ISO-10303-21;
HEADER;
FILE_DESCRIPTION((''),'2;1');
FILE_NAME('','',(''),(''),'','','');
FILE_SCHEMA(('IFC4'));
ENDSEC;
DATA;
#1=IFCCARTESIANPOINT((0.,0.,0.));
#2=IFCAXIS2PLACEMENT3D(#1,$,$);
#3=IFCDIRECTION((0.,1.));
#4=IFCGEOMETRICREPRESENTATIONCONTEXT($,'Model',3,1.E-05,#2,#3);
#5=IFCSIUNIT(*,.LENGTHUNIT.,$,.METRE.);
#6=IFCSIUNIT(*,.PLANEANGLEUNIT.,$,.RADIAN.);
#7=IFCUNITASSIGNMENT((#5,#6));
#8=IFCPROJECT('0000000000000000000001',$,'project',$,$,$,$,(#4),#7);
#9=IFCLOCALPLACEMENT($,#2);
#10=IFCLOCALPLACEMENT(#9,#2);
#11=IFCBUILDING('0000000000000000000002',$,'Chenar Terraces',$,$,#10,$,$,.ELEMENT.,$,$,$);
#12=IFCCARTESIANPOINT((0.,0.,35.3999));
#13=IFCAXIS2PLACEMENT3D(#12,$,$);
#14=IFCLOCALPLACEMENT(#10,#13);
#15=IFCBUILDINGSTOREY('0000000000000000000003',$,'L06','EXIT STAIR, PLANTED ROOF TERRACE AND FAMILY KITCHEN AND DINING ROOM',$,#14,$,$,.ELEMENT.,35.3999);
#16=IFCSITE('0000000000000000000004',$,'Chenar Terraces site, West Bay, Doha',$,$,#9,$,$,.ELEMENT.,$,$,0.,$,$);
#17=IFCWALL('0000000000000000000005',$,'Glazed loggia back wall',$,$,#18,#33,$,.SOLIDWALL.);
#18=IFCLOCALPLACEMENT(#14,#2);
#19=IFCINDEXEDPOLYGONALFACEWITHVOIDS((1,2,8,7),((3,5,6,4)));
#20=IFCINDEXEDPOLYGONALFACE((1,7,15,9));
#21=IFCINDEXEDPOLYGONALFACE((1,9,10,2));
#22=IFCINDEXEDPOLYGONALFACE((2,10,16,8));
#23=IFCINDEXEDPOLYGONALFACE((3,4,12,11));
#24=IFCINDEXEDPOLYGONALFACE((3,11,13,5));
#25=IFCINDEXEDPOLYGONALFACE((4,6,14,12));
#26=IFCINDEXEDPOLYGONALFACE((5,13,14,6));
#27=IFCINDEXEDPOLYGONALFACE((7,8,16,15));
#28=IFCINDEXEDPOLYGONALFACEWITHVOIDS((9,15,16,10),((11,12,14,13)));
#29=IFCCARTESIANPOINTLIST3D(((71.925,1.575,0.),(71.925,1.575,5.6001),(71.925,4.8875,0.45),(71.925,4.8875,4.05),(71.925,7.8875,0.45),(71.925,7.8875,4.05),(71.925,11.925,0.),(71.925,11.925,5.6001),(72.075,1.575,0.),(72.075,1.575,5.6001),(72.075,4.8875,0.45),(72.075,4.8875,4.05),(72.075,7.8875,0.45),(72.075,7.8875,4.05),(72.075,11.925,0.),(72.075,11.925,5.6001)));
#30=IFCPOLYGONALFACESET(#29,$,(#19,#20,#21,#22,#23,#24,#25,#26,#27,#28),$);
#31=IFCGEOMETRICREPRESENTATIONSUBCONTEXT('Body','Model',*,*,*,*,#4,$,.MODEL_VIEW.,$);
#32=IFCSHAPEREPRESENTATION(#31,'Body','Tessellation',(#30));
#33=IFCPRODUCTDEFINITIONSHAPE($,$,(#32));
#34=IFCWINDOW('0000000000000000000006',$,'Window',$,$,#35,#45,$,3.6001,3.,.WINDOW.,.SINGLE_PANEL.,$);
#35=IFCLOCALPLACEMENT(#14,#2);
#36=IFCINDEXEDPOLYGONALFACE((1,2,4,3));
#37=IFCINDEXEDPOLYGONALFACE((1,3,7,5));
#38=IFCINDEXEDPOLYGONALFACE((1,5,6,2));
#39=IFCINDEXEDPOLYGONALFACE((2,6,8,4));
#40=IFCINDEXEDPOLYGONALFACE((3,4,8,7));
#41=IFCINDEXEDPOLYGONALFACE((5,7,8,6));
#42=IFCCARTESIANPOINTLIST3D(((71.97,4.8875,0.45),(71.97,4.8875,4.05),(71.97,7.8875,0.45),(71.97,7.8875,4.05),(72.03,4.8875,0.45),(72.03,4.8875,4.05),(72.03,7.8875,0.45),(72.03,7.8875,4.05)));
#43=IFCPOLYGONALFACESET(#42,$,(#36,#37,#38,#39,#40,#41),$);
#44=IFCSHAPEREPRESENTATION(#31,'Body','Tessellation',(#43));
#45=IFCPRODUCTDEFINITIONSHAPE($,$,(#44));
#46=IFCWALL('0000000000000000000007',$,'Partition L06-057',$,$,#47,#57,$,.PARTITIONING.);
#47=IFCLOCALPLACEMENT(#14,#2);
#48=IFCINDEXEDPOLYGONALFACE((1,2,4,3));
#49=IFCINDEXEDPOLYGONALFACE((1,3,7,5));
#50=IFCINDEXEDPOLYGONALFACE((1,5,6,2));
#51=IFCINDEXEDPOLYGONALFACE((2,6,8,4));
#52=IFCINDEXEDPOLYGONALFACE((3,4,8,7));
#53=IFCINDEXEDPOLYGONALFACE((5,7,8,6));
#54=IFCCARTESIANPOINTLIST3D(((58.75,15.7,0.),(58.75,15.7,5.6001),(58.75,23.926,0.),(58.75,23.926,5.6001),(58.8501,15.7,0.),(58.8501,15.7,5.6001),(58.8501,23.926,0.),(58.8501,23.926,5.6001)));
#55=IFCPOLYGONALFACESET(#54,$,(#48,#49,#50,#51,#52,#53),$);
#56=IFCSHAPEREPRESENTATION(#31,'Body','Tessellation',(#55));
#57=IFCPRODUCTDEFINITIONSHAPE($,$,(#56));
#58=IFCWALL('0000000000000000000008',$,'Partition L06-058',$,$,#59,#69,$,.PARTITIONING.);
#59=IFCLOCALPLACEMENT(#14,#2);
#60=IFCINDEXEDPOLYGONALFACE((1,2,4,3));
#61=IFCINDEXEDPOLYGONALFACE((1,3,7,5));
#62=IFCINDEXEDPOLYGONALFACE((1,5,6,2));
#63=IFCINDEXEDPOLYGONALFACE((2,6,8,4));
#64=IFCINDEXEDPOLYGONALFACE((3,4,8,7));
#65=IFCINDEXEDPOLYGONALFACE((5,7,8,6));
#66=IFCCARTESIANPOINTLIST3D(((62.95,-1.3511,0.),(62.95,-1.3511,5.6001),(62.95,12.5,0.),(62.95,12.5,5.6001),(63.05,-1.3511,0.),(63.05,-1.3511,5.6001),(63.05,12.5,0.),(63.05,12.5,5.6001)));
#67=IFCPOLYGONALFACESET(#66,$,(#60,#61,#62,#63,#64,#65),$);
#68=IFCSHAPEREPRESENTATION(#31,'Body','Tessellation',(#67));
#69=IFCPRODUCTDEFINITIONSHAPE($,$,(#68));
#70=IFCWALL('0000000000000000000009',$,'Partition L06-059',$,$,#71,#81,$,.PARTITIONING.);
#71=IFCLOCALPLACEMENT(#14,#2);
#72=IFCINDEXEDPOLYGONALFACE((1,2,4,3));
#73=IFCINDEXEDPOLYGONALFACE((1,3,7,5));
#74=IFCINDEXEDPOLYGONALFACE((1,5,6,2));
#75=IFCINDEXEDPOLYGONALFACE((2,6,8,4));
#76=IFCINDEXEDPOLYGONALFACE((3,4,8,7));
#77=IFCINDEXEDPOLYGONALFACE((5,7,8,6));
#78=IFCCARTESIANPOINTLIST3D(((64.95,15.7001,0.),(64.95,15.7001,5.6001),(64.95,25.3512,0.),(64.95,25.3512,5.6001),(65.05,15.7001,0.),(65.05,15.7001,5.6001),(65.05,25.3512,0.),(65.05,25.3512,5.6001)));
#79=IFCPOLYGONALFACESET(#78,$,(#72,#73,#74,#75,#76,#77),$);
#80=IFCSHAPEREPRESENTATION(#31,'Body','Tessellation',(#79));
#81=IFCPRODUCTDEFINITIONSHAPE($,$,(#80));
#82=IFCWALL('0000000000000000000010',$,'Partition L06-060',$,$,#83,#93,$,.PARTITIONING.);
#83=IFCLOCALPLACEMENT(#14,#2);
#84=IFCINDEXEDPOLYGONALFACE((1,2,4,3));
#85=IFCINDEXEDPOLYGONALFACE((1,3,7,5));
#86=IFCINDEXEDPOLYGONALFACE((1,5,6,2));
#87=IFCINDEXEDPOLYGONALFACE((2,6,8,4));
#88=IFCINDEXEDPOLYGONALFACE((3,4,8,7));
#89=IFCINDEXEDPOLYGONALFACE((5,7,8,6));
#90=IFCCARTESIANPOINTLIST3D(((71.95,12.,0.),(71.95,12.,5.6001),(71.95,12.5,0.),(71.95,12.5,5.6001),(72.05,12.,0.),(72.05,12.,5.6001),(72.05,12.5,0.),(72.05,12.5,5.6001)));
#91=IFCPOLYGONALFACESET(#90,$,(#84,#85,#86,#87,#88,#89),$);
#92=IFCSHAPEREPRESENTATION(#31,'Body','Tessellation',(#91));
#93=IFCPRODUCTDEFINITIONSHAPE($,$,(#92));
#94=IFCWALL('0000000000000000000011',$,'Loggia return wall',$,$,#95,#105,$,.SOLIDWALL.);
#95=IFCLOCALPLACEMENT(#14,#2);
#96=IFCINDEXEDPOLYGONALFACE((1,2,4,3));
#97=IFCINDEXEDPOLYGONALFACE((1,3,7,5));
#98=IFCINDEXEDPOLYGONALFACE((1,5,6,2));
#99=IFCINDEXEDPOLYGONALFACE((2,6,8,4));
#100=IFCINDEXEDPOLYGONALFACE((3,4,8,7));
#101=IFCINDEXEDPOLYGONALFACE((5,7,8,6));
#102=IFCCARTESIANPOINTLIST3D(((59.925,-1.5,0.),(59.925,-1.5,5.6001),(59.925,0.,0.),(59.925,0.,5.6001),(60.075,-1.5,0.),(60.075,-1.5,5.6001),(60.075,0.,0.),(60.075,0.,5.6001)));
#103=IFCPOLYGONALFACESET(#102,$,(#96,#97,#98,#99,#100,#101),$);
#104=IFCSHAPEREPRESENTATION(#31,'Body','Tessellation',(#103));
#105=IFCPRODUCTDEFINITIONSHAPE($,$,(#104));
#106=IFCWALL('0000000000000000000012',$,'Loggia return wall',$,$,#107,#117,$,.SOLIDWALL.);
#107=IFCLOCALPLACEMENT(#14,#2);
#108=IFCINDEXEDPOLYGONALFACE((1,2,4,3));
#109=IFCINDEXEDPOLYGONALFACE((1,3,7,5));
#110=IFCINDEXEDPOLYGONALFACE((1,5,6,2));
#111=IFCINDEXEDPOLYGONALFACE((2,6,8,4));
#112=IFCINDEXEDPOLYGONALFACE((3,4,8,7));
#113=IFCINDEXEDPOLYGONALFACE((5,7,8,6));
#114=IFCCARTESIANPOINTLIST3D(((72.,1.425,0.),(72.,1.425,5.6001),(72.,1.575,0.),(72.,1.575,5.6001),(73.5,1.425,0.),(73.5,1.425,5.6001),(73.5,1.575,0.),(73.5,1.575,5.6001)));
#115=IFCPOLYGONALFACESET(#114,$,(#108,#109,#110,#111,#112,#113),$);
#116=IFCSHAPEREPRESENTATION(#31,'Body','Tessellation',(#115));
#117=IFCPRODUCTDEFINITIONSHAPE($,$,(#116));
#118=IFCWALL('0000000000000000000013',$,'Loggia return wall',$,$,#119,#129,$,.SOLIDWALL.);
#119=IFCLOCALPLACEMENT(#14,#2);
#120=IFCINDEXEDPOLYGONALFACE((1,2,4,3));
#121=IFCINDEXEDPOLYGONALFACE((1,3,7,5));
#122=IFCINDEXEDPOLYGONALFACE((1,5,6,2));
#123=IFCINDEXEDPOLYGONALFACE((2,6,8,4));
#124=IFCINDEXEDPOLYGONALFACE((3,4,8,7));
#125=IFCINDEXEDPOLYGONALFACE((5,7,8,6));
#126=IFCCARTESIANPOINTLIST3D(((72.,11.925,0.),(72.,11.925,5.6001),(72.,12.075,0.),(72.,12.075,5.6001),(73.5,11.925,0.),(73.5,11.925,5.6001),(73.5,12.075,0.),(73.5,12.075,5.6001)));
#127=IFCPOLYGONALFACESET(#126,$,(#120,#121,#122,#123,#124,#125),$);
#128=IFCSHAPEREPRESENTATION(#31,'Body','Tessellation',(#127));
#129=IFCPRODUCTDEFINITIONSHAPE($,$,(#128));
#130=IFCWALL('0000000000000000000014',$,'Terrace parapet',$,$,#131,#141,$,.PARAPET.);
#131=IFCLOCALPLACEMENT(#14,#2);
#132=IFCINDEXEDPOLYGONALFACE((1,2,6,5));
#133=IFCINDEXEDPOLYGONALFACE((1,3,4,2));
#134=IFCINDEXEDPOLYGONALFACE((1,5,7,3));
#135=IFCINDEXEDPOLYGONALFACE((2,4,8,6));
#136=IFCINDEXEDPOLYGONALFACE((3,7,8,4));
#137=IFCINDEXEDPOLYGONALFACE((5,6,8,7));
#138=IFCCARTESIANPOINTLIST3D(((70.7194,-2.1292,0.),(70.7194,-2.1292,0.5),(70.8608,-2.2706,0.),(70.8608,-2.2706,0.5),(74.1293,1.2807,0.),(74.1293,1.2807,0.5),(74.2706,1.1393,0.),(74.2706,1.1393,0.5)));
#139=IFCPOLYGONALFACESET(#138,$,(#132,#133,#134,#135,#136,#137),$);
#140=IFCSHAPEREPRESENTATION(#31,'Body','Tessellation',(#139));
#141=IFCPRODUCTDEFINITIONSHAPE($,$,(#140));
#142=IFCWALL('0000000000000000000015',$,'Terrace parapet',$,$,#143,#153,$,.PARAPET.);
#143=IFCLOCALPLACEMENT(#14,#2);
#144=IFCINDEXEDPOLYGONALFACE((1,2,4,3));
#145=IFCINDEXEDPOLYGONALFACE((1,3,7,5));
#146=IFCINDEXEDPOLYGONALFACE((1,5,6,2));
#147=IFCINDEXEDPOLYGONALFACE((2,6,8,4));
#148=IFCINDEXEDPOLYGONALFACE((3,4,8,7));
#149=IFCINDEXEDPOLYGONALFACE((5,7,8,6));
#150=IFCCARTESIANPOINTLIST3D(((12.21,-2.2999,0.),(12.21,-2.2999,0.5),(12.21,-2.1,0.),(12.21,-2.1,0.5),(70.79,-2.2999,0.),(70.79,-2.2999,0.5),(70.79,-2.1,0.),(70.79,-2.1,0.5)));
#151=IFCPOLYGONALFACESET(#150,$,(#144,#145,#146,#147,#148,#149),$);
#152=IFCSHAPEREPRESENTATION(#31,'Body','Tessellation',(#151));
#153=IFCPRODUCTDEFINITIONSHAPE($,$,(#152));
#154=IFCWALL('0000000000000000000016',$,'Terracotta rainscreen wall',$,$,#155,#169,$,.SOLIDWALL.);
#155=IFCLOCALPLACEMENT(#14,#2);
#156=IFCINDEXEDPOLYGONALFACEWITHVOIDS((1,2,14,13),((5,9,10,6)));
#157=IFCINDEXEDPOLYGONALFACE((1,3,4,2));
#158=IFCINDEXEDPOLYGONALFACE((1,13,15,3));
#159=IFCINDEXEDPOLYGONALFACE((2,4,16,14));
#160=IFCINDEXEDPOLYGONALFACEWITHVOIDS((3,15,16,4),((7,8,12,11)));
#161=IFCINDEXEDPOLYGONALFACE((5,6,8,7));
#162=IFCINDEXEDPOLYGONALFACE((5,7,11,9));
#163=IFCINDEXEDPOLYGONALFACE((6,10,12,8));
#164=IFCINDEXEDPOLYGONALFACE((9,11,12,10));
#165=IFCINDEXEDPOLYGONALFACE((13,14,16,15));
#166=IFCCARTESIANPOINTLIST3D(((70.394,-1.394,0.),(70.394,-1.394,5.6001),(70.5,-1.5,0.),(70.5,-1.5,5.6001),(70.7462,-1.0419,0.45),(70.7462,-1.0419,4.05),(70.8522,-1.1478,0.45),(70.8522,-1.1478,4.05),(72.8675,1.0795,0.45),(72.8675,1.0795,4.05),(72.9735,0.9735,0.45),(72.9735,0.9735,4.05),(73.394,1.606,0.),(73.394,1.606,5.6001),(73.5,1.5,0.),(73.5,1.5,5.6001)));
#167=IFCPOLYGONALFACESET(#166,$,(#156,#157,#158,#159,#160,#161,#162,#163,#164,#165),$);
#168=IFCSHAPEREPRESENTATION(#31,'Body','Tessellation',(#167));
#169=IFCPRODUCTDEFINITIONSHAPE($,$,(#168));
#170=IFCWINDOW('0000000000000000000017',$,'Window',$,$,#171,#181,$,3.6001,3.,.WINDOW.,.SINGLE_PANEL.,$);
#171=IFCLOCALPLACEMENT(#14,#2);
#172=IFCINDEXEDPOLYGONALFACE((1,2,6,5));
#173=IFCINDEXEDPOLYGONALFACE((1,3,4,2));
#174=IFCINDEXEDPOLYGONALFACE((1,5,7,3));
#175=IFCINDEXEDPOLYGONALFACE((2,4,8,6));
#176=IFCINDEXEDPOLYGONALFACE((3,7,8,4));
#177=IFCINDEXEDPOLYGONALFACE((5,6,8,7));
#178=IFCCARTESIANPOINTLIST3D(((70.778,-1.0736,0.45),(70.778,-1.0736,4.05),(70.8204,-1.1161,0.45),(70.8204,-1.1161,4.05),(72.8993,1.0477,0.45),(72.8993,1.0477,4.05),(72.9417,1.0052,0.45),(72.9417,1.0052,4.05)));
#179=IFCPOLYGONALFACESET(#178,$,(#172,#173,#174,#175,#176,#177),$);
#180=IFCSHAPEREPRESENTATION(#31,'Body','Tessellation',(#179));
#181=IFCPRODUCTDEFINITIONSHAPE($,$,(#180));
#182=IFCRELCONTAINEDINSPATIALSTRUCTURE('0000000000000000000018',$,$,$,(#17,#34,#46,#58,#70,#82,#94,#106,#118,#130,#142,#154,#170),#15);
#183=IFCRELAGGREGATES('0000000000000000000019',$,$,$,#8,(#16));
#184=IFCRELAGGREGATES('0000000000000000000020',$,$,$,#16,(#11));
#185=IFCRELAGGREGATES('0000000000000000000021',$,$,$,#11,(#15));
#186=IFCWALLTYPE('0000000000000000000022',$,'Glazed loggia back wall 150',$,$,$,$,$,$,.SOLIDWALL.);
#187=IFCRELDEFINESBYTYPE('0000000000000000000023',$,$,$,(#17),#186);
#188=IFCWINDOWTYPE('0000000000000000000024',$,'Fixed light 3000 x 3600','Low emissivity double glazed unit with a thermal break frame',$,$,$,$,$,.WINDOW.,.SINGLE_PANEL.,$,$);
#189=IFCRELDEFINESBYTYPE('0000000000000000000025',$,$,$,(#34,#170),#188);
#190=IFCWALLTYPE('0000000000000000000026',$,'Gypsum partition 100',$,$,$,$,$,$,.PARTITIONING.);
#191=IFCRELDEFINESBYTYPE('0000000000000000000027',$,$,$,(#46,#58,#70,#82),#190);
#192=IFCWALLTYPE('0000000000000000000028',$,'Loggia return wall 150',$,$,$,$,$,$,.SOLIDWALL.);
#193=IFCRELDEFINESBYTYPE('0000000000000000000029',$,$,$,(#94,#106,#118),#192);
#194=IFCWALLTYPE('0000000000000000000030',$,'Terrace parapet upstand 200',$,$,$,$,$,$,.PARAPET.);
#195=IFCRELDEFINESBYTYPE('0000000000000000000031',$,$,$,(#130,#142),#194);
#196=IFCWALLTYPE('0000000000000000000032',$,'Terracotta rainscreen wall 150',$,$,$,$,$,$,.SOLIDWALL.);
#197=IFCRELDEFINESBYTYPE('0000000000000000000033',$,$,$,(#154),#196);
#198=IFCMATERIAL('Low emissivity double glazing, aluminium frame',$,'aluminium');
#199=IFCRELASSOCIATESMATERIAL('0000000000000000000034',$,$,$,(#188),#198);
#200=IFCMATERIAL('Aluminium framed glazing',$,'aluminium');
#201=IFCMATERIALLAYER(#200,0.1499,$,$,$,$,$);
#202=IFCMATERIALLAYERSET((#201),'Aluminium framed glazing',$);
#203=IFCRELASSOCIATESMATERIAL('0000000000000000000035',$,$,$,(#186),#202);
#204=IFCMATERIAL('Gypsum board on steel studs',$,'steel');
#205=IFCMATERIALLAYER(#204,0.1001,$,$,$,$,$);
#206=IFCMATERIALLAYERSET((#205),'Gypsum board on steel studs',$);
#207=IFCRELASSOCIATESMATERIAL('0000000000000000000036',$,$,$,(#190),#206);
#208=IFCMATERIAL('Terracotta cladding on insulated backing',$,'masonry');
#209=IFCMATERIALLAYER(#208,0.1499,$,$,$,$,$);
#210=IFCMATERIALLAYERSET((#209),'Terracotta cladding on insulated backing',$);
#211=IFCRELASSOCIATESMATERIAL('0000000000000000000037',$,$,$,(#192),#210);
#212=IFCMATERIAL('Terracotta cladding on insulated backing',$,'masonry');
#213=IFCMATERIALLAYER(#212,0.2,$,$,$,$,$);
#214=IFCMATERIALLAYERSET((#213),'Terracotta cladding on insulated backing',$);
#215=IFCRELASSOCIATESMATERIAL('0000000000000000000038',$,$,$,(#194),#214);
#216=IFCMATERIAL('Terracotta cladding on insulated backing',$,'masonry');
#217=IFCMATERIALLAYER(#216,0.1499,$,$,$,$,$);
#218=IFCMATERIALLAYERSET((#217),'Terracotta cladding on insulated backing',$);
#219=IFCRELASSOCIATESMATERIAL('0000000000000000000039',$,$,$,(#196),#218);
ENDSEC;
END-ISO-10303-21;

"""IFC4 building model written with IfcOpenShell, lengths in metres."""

from ifc_helpers import new_model, si_unit, direction, frame, frame_2d, origin, place, context, subcontext, project, spatial, rectangle, extrude, material, layer, layer_set, type_object, element, fill, save


model = new_model("IFC4")

# Units and contexts
model_context = context("Model", 3, precision=1e-05, world=origin(), true_north=direction((0.0, 1.0)))
body_context = subcontext(model_context, "Body", "Model", "MODEL_VIEW")
ifc_project = project(units=[si_unit("LENGTHUNIT", "METRE"), si_unit("PLANEANGLEUNIT", "RADIAN")], contexts=[model_context])

# Site, building, storey
site_placement = place(None, origin())
site = spatial("IfcSite", under=ifc_project, at=site_placement, Name="Chenar Terraces site, West Bay, Doha", CompositionType="ELEMENT", RefElevation=0.0)
building_placement = place(site_placement, origin())
building = spatial("IfcBuilding", under=site, at=building_placement, Name="Chenar Terraces", CompositionType="ELEMENT")
storey_placement = place(building_placement, frame((0.0, 0.0, 35.3999)))
storey = spatial("IfcBuildingStorey", under=building, at=storey_placement, Name="L06", Description="EXIT STAIR, PLANTED ROOF TERRACE AND FAMILY KITCHEN AND DINING ROOM", CompositionType="ELEMENT", Elevation=35.3999)

# Shared definitions
ifc_material_1 = material(Name="Low emissivity double glazing, aluminium frame", Category="aluminium")
window_type_1 = type_object("IfcWindowType", Name="Fixed light 3000 x 3600", Description="Low emissivity double glazed unit with a thermal break frame", PartitioningType="SINGLE_PANEL", PredefinedType="WINDOW", material=ifc_material_1)

# Wall, opening, window
ifc_material_2 = material(Name="Aluminium framed glazing", Category="aluminium")
ifc_layer_1 = layer(ifc_material_2, 0.1499)
ifc_layer_set_1 = layer_set([ifc_layer_1], Name="Aluminium framed glazing")
wall_type_1 = type_object("IfcWallType", Name="Glazed loggia back wall 150", PredefinedType="SOLIDWALL", material=ifc_layer_set_1)
wall_1_placement = place(storey_placement, frame((72.0, 1.575, 0.0), z_axis=(0.0, 0.0, 1.0), x_axis=(0.0, 1.0, 0.0)))
wall_1 = element("IfcWall", 1, at=wall_1_placement, inside=storey, type_object=wall_type_1, Name="Glazed loggia back wall", PredefinedType="SOLIDWALL", context=body_context, shape_type="SweptSolid", body=[
    extrude(rectangle(XDim=10.3501, YDim=0.1499, at=frame_2d((5.175, 0.0))), origin(), (0.0, 0.0, 1.0), 5.6001),
])
opening_1_placement = place(wall_1_placement, frame((3.3125, 0.0, 0.45)))
opening_1 = element("IfcOpeningElement", 2, at=opening_1_placement, cuts=wall_1, PredefinedType="OPENING", context=body_context, shape_type="SweptSolid", body=[
    extrude(rectangle(XDim=3.0, YDim=3.6001, at=frame_2d((1.5, 1.8))), frame((0.0, 0.085, 0.0), z_axis=(0.0, -1.0, 0.0), x_axis=(1.0, 0.0, 0.0)), (0.0, 0.0, 1.0), 0.1699),
])
window_1_placement = place(opening_1_placement, origin())
window_1 = element("IfcWindow", 3, at=window_1_placement, inside=storey, type_object=window_type_1, Name="Window", OverallHeight=3.6001, OverallWidth=3.0, PartitioningType="SINGLE_PANEL", PredefinedType="WINDOW", context=body_context, shape_type="SweptSolid", body=[
    extrude(rectangle(XDim=3.0, YDim=3.6001, at=frame_2d((1.5, 1.8))), frame((0.0, 0.03, 0.0), z_axis=(0.0, -1.0, 0.0), x_axis=(1.0, 0.0, 0.0)), (0.0, 0.0, 1.0), 0.0601),
])
fill(opening_1, window_1)

# Walls
ifc_material_3 = material(Name="Gypsum board on steel studs", Category="steel")
ifc_layer_2 = layer(ifc_material_3, 0.1001)
ifc_layer_set_2 = layer_set([ifc_layer_2], Name="Gypsum board on steel studs")
wall_type_2 = type_object("IfcWallType", Name="Gypsum partition 100", PredefinedType="PARTITIONING", material=ifc_layer_set_2)
wall_2_placement = place(storey_placement, frame((58.8, 15.7, 0.0), z_axis=(0.0, 0.0, 1.0), x_axis=(0.0, 1.0, 0.0)))
element("IfcWall", 4, at=wall_2_placement, inside=storey, type_object=wall_type_2, Name="Partition L06-057", PredefinedType="PARTITIONING", context=body_context, shape_type="SweptSolid", body=[
    extrude(rectangle(XDim=8.2261, YDim=0.1001, at=frame_2d((4.113, 0.0))), origin(), (0.0, 0.0, 1.0), 5.6001),
])
wall_3_placement = place(storey_placement, frame((63.0, -1.3511, 0.0), z_axis=(0.0, 0.0, 1.0), x_axis=(0.0, 1.0, 0.0)))
element("IfcWall", 5, at=wall_3_placement, inside=storey, type_object=wall_type_2, Name="Partition L06-058", PredefinedType="PARTITIONING", context=body_context, shape_type="SweptSolid", body=[
    extrude(rectangle(XDim=13.8511, YDim=0.1001, at=frame_2d((6.9255, 0.0))), origin(), (0.0, 0.0, 1.0), 5.6001),
])
wall_4_placement = place(storey_placement, frame((65.0, 15.7, 0.0), z_axis=(0.0, 0.0, 1.0), x_axis=(0.0, 1.0, 0.0)))
element("IfcWall", 6, at=wall_4_placement, inside=storey, type_object=wall_type_2, Name="Partition L06-059", PredefinedType="PARTITIONING", context=body_context, shape_type="SweptSolid", body=[
    extrude(rectangle(XDim=9.6511, YDim=0.1001, at=frame_2d((4.8257, 0.0))), origin(), (0.0, 0.0, 1.0), 5.6001),
])
wall_5_placement = place(storey_placement, frame((72.0, 12.0, 0.0), z_axis=(0.0, 0.0, 1.0), x_axis=(0.0, 1.0, 0.0)))
element("IfcWall", 7, at=wall_5_placement, inside=storey, type_object=wall_type_2, Name="Partition L06-060", PredefinedType="PARTITIONING", context=body_context, shape_type="SweptSolid", body=[
    extrude(rectangle(XDim=0.5, YDim=0.1001, at=frame_2d((0.25, 0.0))), origin(), (0.0, 0.0, 1.0), 5.6001),
])
ifc_material_4 = material(Name="Terracotta cladding on insulated backing", Category="masonry")
ifc_layer_3 = layer(ifc_material_4, 0.1499)
ifc_layer_set_3 = layer_set([ifc_layer_3], Name="Terracotta cladding on insulated backing")
wall_type_3 = type_object("IfcWallType", Name="Loggia return wall 150", PredefinedType="SOLIDWALL", material=ifc_layer_set_3)
for number, where, z_axis, x_axis, name in (
    (8, (60.0, -1.5, 0.0), (0.0, 0.0, 1.0), (0.0, 1.0, 0.0), "Loggia return wall"),
    (9, (73.5, 1.5, 0.0), (0.0, 0.0, 1.0), (-1.0, 0.0, 0.0), "Loggia return wall"),
    (10, (73.5, 12.0, 0.0), (0.0, 0.0, 1.0), (-1.0, 0.0, 0.0), "Loggia return wall"),
):
    element("IfcWall", number, at=place(storey_placement, frame(where, z_axis=z_axis, x_axis=x_axis)), inside=storey, type_object=wall_type_3, Name=name, PredefinedType="SOLIDWALL", context=body_context, shape_type="SweptSolid", body=[
        extrude(rectangle(XDim=1.5, YDim=0.1499, at=frame_2d((0.75, 0.0))), origin(), (0.0, 0.0, 1.0), 5.6001),
    ])
ifc_material_5 = material(Name="Terracotta cladding on insulated backing", Category="masonry")
ifc_layer_4 = layer(ifc_material_5, 0.2)
ifc_layer_set_4 = layer_set([ifc_layer_4], Name="Terracotta cladding on insulated backing")
wall_type_4 = type_object("IfcWallType", Name="Terrace parapet upstand 200", PredefinedType="PARAPET", material=ifc_layer_set_4)
wall_6_placement = place(storey_placement, frame((74.2, 1.21, 0.0), z_axis=(0.0, 0.0, 1.0), x_axis=(-0.707107, -0.707107, 0.0)))
element("IfcWall", 11, at=wall_6_placement, inside=storey, type_object=wall_type_4, Name="Terrace parapet", PredefinedType="PARAPET", context=body_context, shape_type="SweptSolid", body=[
    extrude(rectangle(XDim=4.8223, YDim=0.2, at=frame_2d((2.4111, 0.0))), origin(), (0.0, 0.0, 1.0), 0.5),
])
wall_7_placement = place(storey_placement, frame((70.79, -2.2, 0.0), z_axis=(0.0, 0.0, 1.0), x_axis=(-1.0, 0.0, 0.0)))
element("IfcWall", 12, at=wall_7_placement, inside=storey, type_object=wall_type_4, Name="Terrace parapet", PredefinedType="PARAPET", context=body_context, shape_type="SweptSolid", body=[
    extrude(rectangle(XDim=58.5801, YDim=0.2, at=frame_2d((29.29, 0.0))), origin(), (0.0, 0.0, 1.0), 0.5),
])

# Wall, opening, window
ifc_material_6 = material(Name="Terracotta cladding on insulated backing", Category="masonry")
ifc_layer_5 = layer(ifc_material_6, 0.1499)
ifc_layer_set_5 = layer_set([ifc_layer_5], Name="Terracotta cladding on insulated backing")
wall_type_5 = type_object("IfcWallType", Name="Terracotta rainscreen wall 150", PredefinedType="SOLIDWALL", material=ifc_layer_set_5)
wall_8_placement = place(storey_placement, frame((70.447, -1.447, 0.0), z_axis=(0.0, 0.0, 1.0), x_axis=(0.707107, 0.707107, 0.0)))
wall_8 = element("IfcWall", 13, at=wall_8_placement, inside=storey, type_object=wall_type_5, Name="Terracotta rainscreen wall", PredefinedType="SOLIDWALL", context=body_context, shape_type="SweptSolid", body=[
    extrude(rectangle(XDim=4.2427, YDim=0.1499, at=frame_2d((2.1213, 0.0))), origin(), (0.0, 0.0, 1.0), 5.6001),
])
opening_2_placement = place(wall_8_placement, frame((0.498, 0.0, 0.45)))
opening_2 = element("IfcOpeningElement", 14, at=opening_2_placement, cuts=wall_8, PredefinedType="OPENING", context=body_context, shape_type="SweptSolid", body=[
    extrude(rectangle(XDim=3.0, YDim=3.6001, at=frame_2d((1.5, 1.8))), frame((0.0, 0.085, 0.0), z_axis=(0.0, -1.0, 0.0), x_axis=(1.0, 0.0, 0.0)), (0.0, 0.0, 1.0), 0.1699),
])
window_2_placement = place(opening_2_placement, origin())
window_2 = element("IfcWindow", 15, at=window_2_placement, inside=storey, type_object=window_type_1, Name="Window", OverallHeight=3.6001, OverallWidth=3.0, PartitioningType="SINGLE_PANEL", PredefinedType="WINDOW", context=body_context, shape_type="SweptSolid", body=[
    extrude(rectangle(XDim=3.0, YDim=3.6001, at=frame_2d((1.5, 1.8))), frame((0.0, 0.03, 0.0), z_axis=(0.0, -1.0, 0.0), x_axis=(1.0, 0.0, 0.0)), (0.0, 0.0, 1.0), 0.0601),
])
fill(opening_2, window_2)

save(model, "model.ifc")
